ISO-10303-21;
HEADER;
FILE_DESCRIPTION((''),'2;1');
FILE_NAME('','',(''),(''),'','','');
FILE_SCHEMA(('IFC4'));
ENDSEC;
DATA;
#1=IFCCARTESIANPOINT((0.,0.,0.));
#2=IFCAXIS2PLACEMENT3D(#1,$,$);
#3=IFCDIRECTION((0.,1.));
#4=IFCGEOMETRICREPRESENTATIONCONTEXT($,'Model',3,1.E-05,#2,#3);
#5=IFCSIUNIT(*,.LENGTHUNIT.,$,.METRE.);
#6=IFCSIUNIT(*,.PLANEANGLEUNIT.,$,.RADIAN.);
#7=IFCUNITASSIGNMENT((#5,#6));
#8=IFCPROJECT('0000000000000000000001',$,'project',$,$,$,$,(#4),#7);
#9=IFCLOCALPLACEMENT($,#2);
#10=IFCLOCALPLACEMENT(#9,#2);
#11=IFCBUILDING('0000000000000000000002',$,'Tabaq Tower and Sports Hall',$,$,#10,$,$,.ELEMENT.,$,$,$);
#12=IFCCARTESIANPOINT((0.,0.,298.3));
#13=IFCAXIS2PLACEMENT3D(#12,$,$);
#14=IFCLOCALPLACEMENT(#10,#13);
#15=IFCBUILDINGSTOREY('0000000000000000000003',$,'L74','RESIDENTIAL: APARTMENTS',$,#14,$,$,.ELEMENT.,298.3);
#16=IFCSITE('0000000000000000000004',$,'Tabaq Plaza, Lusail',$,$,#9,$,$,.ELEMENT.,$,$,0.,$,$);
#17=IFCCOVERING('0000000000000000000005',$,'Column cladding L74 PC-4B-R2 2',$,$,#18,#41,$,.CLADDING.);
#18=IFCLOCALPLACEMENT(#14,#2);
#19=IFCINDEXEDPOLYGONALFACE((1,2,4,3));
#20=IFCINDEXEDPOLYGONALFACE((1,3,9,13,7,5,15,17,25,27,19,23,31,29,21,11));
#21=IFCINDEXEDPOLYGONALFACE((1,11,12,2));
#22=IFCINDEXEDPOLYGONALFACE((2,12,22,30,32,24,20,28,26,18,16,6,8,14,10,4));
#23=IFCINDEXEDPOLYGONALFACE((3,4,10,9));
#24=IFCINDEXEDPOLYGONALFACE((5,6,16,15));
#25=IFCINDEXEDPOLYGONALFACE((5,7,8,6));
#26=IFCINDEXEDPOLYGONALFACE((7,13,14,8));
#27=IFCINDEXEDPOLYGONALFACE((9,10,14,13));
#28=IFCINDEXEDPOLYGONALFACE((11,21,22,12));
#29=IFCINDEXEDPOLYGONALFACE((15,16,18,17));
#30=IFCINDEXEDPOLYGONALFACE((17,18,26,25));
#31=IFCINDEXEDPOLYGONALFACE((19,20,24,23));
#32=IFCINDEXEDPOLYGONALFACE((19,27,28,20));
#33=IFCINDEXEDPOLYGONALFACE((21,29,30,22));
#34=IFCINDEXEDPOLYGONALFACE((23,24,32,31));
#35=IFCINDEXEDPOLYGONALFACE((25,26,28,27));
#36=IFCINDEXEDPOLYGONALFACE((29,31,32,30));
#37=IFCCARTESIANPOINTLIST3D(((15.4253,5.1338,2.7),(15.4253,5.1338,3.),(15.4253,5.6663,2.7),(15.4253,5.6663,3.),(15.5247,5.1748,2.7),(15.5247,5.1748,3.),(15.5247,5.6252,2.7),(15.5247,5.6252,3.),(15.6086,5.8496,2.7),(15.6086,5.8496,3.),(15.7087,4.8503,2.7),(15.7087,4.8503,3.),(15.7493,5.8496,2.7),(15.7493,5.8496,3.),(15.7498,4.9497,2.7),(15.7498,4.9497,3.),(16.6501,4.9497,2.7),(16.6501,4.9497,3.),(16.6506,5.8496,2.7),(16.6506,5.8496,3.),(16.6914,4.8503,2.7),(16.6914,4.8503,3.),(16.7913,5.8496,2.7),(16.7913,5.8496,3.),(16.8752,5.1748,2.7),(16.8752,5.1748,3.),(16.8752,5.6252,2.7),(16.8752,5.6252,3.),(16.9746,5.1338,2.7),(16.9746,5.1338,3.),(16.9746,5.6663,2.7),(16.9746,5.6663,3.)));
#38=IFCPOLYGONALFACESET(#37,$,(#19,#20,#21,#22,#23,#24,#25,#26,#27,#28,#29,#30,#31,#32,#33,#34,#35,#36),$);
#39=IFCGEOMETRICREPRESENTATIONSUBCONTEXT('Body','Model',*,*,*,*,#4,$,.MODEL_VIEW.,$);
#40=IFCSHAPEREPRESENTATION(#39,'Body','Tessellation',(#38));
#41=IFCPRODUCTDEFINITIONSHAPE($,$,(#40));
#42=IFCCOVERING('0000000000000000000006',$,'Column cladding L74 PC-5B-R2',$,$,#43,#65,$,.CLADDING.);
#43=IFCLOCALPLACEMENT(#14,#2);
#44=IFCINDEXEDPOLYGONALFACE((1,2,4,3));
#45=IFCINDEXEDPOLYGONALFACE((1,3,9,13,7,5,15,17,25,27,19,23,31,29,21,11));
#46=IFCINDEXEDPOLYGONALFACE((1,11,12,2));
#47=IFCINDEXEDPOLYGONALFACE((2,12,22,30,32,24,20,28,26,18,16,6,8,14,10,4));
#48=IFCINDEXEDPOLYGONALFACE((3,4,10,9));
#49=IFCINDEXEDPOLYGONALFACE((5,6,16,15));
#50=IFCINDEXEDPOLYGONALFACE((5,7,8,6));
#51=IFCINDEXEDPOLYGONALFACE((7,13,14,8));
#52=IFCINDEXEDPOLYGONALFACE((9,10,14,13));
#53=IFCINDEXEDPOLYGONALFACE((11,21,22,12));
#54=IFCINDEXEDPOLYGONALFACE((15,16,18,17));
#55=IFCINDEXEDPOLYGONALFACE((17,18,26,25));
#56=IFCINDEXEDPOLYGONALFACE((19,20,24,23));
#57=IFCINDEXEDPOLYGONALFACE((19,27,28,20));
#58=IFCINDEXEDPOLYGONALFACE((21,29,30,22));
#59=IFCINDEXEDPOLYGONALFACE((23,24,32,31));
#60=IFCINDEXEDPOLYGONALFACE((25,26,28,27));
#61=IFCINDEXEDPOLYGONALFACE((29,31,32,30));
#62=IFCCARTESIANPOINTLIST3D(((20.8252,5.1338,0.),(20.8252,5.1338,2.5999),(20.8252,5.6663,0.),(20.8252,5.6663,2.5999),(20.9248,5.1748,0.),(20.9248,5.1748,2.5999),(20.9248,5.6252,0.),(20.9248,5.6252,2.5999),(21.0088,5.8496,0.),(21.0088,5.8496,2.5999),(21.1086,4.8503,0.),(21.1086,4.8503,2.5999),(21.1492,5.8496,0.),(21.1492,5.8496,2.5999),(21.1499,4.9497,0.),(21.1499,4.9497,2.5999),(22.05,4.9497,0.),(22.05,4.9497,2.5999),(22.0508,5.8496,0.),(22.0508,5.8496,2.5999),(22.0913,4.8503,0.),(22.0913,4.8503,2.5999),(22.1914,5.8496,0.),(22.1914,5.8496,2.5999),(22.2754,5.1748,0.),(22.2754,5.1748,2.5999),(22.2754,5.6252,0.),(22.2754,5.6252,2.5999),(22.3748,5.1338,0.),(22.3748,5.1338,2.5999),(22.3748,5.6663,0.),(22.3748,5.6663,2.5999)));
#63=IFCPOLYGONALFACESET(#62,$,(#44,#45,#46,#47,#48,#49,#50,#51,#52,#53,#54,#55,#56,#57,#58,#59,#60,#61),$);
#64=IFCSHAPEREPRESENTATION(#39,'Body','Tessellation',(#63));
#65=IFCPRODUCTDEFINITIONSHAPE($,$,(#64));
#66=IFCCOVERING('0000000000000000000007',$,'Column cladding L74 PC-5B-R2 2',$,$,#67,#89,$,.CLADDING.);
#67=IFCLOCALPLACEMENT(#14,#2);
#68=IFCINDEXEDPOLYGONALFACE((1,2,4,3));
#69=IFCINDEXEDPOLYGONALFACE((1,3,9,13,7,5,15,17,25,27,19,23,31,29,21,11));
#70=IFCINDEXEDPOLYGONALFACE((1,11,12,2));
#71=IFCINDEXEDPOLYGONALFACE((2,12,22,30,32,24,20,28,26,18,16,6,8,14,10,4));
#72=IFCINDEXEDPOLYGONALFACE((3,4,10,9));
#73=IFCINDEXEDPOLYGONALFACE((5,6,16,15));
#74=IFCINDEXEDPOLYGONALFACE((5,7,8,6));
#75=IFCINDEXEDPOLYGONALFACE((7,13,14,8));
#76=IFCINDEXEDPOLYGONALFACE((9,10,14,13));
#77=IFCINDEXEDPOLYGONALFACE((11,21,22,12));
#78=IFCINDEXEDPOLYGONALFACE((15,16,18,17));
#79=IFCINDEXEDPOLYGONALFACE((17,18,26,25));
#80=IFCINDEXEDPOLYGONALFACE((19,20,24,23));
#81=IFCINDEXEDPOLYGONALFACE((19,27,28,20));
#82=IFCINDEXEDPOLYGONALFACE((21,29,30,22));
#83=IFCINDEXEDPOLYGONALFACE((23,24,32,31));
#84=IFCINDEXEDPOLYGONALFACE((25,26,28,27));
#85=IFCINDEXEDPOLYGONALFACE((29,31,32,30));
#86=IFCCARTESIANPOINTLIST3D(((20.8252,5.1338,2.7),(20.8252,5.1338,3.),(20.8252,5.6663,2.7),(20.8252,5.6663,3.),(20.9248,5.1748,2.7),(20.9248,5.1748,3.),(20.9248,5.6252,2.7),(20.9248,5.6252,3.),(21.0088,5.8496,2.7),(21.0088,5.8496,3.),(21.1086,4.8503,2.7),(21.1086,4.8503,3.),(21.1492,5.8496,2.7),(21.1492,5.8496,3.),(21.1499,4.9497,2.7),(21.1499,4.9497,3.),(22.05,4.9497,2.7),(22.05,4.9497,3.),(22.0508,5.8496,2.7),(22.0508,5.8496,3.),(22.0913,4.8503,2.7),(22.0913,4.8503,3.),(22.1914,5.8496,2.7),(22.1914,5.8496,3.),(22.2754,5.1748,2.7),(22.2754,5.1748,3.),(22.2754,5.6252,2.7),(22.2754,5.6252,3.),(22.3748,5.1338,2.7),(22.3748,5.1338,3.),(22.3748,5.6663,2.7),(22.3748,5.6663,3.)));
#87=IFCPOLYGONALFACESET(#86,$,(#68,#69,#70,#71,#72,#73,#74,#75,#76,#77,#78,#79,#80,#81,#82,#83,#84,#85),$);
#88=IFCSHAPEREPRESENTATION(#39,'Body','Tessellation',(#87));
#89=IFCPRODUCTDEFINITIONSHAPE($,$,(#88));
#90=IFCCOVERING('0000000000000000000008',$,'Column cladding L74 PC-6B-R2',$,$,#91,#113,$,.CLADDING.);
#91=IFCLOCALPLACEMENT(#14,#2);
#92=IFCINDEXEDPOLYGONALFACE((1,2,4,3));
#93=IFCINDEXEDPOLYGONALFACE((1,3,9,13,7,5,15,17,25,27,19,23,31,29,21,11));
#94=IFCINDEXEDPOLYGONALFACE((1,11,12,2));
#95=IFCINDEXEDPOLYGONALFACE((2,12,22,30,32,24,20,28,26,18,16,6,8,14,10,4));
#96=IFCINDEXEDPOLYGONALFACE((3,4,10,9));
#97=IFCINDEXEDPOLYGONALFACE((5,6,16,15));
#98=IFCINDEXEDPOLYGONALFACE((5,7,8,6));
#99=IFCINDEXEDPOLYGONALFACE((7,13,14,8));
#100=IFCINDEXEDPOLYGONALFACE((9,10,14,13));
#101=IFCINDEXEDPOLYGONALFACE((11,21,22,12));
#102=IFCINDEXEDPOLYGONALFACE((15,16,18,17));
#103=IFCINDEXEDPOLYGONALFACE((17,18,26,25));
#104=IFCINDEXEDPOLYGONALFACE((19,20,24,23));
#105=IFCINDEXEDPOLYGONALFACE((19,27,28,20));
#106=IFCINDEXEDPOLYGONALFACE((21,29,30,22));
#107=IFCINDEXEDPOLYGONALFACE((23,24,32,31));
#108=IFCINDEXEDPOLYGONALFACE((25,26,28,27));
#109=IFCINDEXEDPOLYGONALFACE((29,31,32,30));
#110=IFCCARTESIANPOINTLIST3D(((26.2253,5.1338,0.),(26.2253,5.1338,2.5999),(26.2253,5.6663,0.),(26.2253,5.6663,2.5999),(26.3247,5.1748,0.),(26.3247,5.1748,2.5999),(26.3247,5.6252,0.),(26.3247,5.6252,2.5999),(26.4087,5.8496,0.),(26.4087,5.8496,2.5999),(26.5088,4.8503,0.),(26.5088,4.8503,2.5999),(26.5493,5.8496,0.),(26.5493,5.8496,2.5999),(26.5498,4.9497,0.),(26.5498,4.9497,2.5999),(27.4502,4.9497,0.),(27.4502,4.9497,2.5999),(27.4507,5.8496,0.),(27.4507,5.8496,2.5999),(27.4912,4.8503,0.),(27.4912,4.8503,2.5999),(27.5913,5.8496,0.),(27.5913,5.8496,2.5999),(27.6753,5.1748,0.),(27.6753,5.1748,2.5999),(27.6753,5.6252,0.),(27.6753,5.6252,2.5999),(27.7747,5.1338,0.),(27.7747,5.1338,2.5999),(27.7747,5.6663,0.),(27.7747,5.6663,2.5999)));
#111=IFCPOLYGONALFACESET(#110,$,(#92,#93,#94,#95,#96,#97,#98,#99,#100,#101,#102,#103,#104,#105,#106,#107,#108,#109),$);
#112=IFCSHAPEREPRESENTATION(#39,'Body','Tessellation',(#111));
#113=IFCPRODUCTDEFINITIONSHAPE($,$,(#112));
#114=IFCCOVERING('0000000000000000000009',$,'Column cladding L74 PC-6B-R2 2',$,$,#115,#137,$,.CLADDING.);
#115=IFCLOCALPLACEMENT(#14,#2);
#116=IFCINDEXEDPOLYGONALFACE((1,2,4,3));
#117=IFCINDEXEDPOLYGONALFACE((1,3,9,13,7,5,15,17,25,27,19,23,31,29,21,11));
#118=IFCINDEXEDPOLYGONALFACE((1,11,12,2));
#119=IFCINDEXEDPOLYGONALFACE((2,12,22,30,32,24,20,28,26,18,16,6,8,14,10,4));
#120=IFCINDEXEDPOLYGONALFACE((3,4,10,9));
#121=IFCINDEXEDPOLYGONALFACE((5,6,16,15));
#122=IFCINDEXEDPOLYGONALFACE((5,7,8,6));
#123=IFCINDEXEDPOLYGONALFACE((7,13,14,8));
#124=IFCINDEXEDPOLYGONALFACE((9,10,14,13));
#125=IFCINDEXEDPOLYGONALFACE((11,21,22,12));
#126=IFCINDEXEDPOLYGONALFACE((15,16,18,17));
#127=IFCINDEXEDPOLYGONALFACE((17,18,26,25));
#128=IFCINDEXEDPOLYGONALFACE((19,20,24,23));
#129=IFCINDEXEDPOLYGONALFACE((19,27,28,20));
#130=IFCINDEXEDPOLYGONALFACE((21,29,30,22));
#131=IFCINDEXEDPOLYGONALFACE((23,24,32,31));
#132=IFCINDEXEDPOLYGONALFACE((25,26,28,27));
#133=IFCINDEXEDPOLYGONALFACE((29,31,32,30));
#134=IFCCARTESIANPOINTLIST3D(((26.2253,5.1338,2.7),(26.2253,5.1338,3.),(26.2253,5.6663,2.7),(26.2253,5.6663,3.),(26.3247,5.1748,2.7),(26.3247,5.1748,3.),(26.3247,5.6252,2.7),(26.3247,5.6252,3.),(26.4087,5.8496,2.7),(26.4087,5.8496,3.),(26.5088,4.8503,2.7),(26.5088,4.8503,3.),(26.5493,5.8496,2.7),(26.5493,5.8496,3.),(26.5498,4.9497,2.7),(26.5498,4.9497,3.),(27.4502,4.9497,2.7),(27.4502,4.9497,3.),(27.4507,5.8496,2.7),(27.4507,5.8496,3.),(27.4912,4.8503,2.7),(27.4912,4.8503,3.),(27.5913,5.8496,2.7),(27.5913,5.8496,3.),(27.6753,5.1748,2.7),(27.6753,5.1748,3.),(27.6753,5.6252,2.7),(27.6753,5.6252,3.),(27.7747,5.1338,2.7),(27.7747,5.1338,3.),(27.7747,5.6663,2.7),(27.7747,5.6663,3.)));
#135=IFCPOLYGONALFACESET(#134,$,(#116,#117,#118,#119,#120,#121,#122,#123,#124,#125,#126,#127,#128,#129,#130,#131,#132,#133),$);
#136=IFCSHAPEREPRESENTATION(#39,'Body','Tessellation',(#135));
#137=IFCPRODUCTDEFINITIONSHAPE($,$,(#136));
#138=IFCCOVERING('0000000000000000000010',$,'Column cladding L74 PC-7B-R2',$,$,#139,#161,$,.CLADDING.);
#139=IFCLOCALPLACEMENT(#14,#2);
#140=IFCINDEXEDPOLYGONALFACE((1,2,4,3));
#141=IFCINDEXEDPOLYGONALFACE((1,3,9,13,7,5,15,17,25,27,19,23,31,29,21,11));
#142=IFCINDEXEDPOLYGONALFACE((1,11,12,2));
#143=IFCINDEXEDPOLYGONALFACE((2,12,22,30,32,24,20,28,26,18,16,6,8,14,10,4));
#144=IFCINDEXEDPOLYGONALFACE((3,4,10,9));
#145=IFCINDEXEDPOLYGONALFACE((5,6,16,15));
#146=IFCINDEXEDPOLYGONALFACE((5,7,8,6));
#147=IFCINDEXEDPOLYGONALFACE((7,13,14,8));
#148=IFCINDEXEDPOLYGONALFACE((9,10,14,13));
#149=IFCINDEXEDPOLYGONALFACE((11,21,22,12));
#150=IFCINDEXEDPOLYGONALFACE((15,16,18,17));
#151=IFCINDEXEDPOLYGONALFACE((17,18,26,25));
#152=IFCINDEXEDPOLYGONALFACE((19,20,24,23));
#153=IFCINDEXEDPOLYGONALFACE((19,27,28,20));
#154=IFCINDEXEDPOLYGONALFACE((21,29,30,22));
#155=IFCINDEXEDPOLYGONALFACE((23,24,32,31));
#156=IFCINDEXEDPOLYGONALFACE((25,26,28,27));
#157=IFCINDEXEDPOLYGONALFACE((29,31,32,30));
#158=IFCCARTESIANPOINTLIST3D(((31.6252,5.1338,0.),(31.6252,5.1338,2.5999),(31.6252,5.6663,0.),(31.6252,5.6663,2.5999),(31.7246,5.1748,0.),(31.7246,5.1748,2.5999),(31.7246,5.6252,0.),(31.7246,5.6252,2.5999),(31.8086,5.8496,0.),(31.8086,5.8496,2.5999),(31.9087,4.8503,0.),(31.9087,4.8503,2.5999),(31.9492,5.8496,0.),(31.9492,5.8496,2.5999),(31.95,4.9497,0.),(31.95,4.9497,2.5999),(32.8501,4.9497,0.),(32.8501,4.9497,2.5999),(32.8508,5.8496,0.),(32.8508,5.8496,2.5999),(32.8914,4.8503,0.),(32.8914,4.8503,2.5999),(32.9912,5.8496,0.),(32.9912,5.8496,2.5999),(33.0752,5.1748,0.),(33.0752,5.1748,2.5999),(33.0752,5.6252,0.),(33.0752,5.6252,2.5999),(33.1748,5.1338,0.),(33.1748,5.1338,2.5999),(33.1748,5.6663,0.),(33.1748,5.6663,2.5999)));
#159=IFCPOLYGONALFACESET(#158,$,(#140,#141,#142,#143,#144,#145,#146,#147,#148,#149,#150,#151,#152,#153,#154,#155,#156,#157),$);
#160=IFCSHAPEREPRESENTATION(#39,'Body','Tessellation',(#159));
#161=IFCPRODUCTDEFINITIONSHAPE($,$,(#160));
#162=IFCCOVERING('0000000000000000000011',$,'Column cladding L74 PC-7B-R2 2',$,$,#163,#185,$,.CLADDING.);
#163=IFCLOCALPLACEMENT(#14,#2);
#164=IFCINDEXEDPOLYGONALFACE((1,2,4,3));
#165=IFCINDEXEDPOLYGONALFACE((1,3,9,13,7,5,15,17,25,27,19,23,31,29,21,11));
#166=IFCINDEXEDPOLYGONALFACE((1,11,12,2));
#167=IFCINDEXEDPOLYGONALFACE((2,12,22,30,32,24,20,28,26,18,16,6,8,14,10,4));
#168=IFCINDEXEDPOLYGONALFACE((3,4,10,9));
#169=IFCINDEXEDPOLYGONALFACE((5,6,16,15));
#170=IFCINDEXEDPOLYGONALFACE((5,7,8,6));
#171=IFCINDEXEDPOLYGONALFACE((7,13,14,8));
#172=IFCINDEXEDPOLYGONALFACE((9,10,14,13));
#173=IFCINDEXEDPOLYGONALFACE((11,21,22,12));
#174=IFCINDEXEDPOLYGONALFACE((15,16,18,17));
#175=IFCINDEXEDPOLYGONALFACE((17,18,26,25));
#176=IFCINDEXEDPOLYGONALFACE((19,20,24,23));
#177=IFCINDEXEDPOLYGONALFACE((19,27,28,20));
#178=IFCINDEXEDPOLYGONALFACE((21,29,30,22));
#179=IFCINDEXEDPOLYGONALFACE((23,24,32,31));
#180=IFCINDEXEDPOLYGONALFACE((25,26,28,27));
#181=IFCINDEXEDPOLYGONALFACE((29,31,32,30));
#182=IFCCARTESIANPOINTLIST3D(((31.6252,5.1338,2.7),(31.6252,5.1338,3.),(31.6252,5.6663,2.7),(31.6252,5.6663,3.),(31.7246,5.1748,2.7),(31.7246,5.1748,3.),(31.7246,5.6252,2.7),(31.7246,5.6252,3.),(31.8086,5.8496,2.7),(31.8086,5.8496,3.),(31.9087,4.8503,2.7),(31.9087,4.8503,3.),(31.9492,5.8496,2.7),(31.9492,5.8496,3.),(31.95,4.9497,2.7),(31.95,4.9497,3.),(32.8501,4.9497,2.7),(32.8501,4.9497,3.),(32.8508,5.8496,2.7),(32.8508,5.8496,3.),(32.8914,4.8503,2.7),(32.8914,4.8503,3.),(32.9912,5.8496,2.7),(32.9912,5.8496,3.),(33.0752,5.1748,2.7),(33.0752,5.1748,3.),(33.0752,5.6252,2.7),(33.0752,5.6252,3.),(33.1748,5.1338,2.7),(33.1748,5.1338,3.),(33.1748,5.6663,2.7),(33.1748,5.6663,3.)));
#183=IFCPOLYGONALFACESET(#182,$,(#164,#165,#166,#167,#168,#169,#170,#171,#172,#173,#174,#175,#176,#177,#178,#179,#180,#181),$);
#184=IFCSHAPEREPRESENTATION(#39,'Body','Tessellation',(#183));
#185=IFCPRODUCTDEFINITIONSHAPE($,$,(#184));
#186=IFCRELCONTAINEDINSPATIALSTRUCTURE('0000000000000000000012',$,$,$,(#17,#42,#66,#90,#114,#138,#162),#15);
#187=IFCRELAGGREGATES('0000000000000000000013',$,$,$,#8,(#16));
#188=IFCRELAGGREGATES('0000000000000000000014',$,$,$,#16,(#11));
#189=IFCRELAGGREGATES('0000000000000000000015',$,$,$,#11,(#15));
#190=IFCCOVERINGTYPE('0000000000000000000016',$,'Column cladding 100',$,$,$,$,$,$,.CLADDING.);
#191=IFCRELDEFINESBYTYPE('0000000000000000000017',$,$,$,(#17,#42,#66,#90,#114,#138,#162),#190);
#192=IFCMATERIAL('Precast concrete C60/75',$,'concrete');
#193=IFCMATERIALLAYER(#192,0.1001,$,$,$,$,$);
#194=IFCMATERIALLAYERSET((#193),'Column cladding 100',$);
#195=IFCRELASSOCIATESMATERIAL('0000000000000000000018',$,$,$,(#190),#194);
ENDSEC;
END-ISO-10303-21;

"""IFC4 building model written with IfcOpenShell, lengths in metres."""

from ifc_helpers import new_model, si_unit, direction, frame, origin, place, context, subcontext, project, spatial, polyline, outline, extrude, material, layer, layer_set, type_object, element, save


model = new_model("IFC4")

# Units and contexts
model_context = context("Model", 3, precision=1e-05, world=origin(), true_north=direction((0.0, 1.0)))
body_context = subcontext(model_context, "Body", "Model", "MODEL_VIEW")
ifc_project = project(units=[si_unit("LENGTHUNIT", "METRE"), si_unit("PLANEANGLEUNIT", "RADIAN")], contexts=[model_context])

# Site, building, storey
site_placement = place(None, origin())
site = spatial("IfcSite", under=ifc_project, at=site_placement, Name="Tabaq Plaza, Lusail", CompositionType="ELEMENT", RefElevation=0.0)
building_placement = place(site_placement, origin())
building = spatial("IfcBuilding", under=site, at=building_placement, Name="Tabaq Tower and Sports Hall", CompositionType="ELEMENT")
storey_placement = place(building_placement, frame((0.0, 0.0, 298.3)))
storey = spatial("IfcBuildingStorey", under=building, at=storey_placement, Name="L74", Description="RESIDENTIAL: APARTMENTS", CompositionType="ELEMENT", Elevation=298.3)

# Coverings
ifc_material_1 = material(Name="Precast concrete C60/75", Category="concrete")
ifc_layer_1 = layer(ifc_material_1, 0.1001)
ifc_layer_set_1 = layer_set([ifc_layer_1], Name="Column cladding 100")
covering_type = type_object("IfcCoveringType", Name="Column cladding 100", PredefinedType="CLADDING", material=ifc_layer_set_1)
covering_1_placement = place(storey_placement, frame((0.0, 0.0, 2.7)))
element("IfcCovering", 1, at=covering_1_placement, inside=storey, type_object=covering_type, Name="Column cladding L74 PC-4B-R2 2", PredefinedType="CLADDING", context=body_context, shape_type="SweptSolid", body=[
    extrude(outline(polyline([(15.4253, 5.6663), (15.6086, 5.8496), (15.7493, 5.8496), (15.5247, 5.6252), (15.5247, 5.1748), (15.7498, 4.9497), (16.6501, 4.9497), (16.8752, 5.1748), (16.8752, 5.6252), (16.6506, 5.8496), (16.7913, 5.8496), (16.9746, 5.6663), (16.9746, 5.1338), (16.6914, 4.8503), (15.7087, 4.8503), (15.4253, 5.1338), (15.4253, 5.6663)])), origin(), (0.0, 0.0, 1.0), 0.3),
])
covering_2_placement = place(storey_placement, origin())
element("IfcCovering", 2, at=covering_2_placement, inside=storey, type_object=covering_type, Name="Column cladding L74 PC-5B-R2", PredefinedType="CLADDING", context=body_context, shape_type="SweptSolid", body=[
    extrude(outline(polyline([(20.8252, 5.6663), (21.0088, 5.8496), (21.1492, 5.8496), (20.9248, 5.6252), (20.9248, 5.1748), (21.1499, 4.9497), (22.05, 4.9497), (22.2754, 5.1748), (22.2754, 5.6252), (22.0508, 5.8496), (22.1914, 5.8496), (22.3748, 5.6663), (22.3748, 5.1338), (22.0913, 4.8503), (21.1086, 4.8503), (20.8252, 5.1338), (20.8252, 5.6663)])), origin(), (0.0, 0.0, 1.0), 2.5999),
])
covering_3_placement = place(storey_placement, frame((0.0, 0.0, 2.7)))
element("IfcCovering", 3, at=covering_3_placement, inside=storey, type_object=covering_type, Name="Column cladding L74 PC-5B-R2 2", PredefinedType="CLADDING", context=body_context, shape_type="SweptSolid", body=[
    extrude(outline(polyline([(20.8252, 5.6663), (21.0088, 5.8496), (21.1492, 5.8496), (20.9248, 5.6252), (20.9248, 5.1748), (21.1499, 4.9497), (22.05, 4.9497), (22.2754, 5.1748), (22.2754, 5.6252), (22.0508, 5.8496), (22.1914, 5.8496), (22.3748, 5.6663), (22.3748, 5.1338), (22.0913, 4.8503), (21.1086, 4.8503), (20.8252, 5.1338), (20.8252, 5.6663)])), origin(), (0.0, 0.0, 1.0), 0.3),
])
covering_4_placement = place(storey_placement, origin())
element("IfcCovering", 4, at=covering_4_placement, inside=storey, type_object=covering_type, Name="Column cladding L74 PC-6B-R2", PredefinedType="CLADDING", context=body_context, shape_type="SweptSolid", body=[
    extrude(outline(polyline([(26.2253, 5.6663), (26.4087, 5.8496), (26.5493, 5.8496), (26.3247, 5.6252), (26.3247, 5.1748), (26.5498, 4.9497), (27.4502, 4.9497), (27.6753, 5.1748), (27.6753, 5.6252), (27.4507, 5.8496), (27.5913, 5.8496), (27.7747, 5.6663), (27.7747, 5.1338), (27.4912, 4.8503), (26.5088, 4.8503), (26.2253, 5.1338), (26.2253, 5.6663)])), origin(), (0.0, 0.0, 1.0), 2.5999),
])
covering_5_placement = place(storey_placement, frame((0.0, 0.0, 2.7)))
element("IfcCovering", 5, at=covering_5_placement, inside=storey, type_object=covering_type, Name="Column cladding L74 PC-6B-R2 2", PredefinedType="CLADDING", context=body_context, shape_type="SweptSolid", body=[
    extrude(outline(polyline([(26.2253, 5.6663), (26.4087, 5.8496), (26.5493, 5.8496), (26.3247, 5.6252), (26.3247, 5.1748), (26.5498, 4.9497), (27.4502, 4.9497), (27.6753, 5.1748), (27.6753, 5.6252), (27.4507, 5.8496), (27.5913, 5.8496), (27.7747, 5.6663), (27.7747, 5.1338), (27.4912, 4.8503), (26.5088, 4.8503), (26.2253, 5.1338), (26.2253, 5.6663)])), origin(), (0.0, 0.0, 1.0), 0.3),
])
covering_6_placement = place(storey_placement, origin())
element("IfcCovering", 6, at=covering_6_placement, inside=storey, type_object=covering_type, Name="Column cladding L74 PC-7B-R2", PredefinedType="CLADDING", context=body_context, shape_type="SweptSolid", body=[
    extrude(outline(polyline([(31.6252, 5.6663), (31.8086, 5.8496), (31.9492, 5.8496), (31.7246, 5.6252), (31.7246, 5.1748), (31.95, 4.9497), (32.8501, 4.9497), (33.0752, 5.1748), (33.0752, 5.6252), (32.8508, 5.8496), (32.9912, 5.8496), (33.1748, 5.6663), (33.1748, 5.1338), (32.8914, 4.8503), (31.9087, 4.8503), (31.6252, 5.1338), (31.6252, 5.6663)])), origin(), (0.0, 0.0, 1.0), 2.5999),
])
covering_7_placement = place(storey_placement, frame((0.0, 0.0, 2.7)))
element("IfcCovering", 7, at=covering_7_placement, inside=storey, type_object=covering_type, Name="Column cladding L74 PC-7B-R2 2", PredefinedType="CLADDING", context=body_context, shape_type="SweptSolid", body=[
    extrude(outline(polyline([(31.6252, 5.6663), (31.8086, 5.8496), (31.9492, 5.8496), (31.7246, 5.6252), (31.7246, 5.1748), (31.95, 4.9497), (32.8501, 4.9497), (33.0752, 5.1748), (33.0752, 5.6252), (32.8508, 5.8496), (32.9912, 5.8496), (33.1748, 5.6663), (33.1748, 5.1338), (32.8914, 4.8503), (31.9087, 4.8503), (31.6252, 5.1338), (31.6252, 5.6663)])), origin(), (0.0, 0.0, 1.0), 0.3),
])

save(model, "model.ifc")
